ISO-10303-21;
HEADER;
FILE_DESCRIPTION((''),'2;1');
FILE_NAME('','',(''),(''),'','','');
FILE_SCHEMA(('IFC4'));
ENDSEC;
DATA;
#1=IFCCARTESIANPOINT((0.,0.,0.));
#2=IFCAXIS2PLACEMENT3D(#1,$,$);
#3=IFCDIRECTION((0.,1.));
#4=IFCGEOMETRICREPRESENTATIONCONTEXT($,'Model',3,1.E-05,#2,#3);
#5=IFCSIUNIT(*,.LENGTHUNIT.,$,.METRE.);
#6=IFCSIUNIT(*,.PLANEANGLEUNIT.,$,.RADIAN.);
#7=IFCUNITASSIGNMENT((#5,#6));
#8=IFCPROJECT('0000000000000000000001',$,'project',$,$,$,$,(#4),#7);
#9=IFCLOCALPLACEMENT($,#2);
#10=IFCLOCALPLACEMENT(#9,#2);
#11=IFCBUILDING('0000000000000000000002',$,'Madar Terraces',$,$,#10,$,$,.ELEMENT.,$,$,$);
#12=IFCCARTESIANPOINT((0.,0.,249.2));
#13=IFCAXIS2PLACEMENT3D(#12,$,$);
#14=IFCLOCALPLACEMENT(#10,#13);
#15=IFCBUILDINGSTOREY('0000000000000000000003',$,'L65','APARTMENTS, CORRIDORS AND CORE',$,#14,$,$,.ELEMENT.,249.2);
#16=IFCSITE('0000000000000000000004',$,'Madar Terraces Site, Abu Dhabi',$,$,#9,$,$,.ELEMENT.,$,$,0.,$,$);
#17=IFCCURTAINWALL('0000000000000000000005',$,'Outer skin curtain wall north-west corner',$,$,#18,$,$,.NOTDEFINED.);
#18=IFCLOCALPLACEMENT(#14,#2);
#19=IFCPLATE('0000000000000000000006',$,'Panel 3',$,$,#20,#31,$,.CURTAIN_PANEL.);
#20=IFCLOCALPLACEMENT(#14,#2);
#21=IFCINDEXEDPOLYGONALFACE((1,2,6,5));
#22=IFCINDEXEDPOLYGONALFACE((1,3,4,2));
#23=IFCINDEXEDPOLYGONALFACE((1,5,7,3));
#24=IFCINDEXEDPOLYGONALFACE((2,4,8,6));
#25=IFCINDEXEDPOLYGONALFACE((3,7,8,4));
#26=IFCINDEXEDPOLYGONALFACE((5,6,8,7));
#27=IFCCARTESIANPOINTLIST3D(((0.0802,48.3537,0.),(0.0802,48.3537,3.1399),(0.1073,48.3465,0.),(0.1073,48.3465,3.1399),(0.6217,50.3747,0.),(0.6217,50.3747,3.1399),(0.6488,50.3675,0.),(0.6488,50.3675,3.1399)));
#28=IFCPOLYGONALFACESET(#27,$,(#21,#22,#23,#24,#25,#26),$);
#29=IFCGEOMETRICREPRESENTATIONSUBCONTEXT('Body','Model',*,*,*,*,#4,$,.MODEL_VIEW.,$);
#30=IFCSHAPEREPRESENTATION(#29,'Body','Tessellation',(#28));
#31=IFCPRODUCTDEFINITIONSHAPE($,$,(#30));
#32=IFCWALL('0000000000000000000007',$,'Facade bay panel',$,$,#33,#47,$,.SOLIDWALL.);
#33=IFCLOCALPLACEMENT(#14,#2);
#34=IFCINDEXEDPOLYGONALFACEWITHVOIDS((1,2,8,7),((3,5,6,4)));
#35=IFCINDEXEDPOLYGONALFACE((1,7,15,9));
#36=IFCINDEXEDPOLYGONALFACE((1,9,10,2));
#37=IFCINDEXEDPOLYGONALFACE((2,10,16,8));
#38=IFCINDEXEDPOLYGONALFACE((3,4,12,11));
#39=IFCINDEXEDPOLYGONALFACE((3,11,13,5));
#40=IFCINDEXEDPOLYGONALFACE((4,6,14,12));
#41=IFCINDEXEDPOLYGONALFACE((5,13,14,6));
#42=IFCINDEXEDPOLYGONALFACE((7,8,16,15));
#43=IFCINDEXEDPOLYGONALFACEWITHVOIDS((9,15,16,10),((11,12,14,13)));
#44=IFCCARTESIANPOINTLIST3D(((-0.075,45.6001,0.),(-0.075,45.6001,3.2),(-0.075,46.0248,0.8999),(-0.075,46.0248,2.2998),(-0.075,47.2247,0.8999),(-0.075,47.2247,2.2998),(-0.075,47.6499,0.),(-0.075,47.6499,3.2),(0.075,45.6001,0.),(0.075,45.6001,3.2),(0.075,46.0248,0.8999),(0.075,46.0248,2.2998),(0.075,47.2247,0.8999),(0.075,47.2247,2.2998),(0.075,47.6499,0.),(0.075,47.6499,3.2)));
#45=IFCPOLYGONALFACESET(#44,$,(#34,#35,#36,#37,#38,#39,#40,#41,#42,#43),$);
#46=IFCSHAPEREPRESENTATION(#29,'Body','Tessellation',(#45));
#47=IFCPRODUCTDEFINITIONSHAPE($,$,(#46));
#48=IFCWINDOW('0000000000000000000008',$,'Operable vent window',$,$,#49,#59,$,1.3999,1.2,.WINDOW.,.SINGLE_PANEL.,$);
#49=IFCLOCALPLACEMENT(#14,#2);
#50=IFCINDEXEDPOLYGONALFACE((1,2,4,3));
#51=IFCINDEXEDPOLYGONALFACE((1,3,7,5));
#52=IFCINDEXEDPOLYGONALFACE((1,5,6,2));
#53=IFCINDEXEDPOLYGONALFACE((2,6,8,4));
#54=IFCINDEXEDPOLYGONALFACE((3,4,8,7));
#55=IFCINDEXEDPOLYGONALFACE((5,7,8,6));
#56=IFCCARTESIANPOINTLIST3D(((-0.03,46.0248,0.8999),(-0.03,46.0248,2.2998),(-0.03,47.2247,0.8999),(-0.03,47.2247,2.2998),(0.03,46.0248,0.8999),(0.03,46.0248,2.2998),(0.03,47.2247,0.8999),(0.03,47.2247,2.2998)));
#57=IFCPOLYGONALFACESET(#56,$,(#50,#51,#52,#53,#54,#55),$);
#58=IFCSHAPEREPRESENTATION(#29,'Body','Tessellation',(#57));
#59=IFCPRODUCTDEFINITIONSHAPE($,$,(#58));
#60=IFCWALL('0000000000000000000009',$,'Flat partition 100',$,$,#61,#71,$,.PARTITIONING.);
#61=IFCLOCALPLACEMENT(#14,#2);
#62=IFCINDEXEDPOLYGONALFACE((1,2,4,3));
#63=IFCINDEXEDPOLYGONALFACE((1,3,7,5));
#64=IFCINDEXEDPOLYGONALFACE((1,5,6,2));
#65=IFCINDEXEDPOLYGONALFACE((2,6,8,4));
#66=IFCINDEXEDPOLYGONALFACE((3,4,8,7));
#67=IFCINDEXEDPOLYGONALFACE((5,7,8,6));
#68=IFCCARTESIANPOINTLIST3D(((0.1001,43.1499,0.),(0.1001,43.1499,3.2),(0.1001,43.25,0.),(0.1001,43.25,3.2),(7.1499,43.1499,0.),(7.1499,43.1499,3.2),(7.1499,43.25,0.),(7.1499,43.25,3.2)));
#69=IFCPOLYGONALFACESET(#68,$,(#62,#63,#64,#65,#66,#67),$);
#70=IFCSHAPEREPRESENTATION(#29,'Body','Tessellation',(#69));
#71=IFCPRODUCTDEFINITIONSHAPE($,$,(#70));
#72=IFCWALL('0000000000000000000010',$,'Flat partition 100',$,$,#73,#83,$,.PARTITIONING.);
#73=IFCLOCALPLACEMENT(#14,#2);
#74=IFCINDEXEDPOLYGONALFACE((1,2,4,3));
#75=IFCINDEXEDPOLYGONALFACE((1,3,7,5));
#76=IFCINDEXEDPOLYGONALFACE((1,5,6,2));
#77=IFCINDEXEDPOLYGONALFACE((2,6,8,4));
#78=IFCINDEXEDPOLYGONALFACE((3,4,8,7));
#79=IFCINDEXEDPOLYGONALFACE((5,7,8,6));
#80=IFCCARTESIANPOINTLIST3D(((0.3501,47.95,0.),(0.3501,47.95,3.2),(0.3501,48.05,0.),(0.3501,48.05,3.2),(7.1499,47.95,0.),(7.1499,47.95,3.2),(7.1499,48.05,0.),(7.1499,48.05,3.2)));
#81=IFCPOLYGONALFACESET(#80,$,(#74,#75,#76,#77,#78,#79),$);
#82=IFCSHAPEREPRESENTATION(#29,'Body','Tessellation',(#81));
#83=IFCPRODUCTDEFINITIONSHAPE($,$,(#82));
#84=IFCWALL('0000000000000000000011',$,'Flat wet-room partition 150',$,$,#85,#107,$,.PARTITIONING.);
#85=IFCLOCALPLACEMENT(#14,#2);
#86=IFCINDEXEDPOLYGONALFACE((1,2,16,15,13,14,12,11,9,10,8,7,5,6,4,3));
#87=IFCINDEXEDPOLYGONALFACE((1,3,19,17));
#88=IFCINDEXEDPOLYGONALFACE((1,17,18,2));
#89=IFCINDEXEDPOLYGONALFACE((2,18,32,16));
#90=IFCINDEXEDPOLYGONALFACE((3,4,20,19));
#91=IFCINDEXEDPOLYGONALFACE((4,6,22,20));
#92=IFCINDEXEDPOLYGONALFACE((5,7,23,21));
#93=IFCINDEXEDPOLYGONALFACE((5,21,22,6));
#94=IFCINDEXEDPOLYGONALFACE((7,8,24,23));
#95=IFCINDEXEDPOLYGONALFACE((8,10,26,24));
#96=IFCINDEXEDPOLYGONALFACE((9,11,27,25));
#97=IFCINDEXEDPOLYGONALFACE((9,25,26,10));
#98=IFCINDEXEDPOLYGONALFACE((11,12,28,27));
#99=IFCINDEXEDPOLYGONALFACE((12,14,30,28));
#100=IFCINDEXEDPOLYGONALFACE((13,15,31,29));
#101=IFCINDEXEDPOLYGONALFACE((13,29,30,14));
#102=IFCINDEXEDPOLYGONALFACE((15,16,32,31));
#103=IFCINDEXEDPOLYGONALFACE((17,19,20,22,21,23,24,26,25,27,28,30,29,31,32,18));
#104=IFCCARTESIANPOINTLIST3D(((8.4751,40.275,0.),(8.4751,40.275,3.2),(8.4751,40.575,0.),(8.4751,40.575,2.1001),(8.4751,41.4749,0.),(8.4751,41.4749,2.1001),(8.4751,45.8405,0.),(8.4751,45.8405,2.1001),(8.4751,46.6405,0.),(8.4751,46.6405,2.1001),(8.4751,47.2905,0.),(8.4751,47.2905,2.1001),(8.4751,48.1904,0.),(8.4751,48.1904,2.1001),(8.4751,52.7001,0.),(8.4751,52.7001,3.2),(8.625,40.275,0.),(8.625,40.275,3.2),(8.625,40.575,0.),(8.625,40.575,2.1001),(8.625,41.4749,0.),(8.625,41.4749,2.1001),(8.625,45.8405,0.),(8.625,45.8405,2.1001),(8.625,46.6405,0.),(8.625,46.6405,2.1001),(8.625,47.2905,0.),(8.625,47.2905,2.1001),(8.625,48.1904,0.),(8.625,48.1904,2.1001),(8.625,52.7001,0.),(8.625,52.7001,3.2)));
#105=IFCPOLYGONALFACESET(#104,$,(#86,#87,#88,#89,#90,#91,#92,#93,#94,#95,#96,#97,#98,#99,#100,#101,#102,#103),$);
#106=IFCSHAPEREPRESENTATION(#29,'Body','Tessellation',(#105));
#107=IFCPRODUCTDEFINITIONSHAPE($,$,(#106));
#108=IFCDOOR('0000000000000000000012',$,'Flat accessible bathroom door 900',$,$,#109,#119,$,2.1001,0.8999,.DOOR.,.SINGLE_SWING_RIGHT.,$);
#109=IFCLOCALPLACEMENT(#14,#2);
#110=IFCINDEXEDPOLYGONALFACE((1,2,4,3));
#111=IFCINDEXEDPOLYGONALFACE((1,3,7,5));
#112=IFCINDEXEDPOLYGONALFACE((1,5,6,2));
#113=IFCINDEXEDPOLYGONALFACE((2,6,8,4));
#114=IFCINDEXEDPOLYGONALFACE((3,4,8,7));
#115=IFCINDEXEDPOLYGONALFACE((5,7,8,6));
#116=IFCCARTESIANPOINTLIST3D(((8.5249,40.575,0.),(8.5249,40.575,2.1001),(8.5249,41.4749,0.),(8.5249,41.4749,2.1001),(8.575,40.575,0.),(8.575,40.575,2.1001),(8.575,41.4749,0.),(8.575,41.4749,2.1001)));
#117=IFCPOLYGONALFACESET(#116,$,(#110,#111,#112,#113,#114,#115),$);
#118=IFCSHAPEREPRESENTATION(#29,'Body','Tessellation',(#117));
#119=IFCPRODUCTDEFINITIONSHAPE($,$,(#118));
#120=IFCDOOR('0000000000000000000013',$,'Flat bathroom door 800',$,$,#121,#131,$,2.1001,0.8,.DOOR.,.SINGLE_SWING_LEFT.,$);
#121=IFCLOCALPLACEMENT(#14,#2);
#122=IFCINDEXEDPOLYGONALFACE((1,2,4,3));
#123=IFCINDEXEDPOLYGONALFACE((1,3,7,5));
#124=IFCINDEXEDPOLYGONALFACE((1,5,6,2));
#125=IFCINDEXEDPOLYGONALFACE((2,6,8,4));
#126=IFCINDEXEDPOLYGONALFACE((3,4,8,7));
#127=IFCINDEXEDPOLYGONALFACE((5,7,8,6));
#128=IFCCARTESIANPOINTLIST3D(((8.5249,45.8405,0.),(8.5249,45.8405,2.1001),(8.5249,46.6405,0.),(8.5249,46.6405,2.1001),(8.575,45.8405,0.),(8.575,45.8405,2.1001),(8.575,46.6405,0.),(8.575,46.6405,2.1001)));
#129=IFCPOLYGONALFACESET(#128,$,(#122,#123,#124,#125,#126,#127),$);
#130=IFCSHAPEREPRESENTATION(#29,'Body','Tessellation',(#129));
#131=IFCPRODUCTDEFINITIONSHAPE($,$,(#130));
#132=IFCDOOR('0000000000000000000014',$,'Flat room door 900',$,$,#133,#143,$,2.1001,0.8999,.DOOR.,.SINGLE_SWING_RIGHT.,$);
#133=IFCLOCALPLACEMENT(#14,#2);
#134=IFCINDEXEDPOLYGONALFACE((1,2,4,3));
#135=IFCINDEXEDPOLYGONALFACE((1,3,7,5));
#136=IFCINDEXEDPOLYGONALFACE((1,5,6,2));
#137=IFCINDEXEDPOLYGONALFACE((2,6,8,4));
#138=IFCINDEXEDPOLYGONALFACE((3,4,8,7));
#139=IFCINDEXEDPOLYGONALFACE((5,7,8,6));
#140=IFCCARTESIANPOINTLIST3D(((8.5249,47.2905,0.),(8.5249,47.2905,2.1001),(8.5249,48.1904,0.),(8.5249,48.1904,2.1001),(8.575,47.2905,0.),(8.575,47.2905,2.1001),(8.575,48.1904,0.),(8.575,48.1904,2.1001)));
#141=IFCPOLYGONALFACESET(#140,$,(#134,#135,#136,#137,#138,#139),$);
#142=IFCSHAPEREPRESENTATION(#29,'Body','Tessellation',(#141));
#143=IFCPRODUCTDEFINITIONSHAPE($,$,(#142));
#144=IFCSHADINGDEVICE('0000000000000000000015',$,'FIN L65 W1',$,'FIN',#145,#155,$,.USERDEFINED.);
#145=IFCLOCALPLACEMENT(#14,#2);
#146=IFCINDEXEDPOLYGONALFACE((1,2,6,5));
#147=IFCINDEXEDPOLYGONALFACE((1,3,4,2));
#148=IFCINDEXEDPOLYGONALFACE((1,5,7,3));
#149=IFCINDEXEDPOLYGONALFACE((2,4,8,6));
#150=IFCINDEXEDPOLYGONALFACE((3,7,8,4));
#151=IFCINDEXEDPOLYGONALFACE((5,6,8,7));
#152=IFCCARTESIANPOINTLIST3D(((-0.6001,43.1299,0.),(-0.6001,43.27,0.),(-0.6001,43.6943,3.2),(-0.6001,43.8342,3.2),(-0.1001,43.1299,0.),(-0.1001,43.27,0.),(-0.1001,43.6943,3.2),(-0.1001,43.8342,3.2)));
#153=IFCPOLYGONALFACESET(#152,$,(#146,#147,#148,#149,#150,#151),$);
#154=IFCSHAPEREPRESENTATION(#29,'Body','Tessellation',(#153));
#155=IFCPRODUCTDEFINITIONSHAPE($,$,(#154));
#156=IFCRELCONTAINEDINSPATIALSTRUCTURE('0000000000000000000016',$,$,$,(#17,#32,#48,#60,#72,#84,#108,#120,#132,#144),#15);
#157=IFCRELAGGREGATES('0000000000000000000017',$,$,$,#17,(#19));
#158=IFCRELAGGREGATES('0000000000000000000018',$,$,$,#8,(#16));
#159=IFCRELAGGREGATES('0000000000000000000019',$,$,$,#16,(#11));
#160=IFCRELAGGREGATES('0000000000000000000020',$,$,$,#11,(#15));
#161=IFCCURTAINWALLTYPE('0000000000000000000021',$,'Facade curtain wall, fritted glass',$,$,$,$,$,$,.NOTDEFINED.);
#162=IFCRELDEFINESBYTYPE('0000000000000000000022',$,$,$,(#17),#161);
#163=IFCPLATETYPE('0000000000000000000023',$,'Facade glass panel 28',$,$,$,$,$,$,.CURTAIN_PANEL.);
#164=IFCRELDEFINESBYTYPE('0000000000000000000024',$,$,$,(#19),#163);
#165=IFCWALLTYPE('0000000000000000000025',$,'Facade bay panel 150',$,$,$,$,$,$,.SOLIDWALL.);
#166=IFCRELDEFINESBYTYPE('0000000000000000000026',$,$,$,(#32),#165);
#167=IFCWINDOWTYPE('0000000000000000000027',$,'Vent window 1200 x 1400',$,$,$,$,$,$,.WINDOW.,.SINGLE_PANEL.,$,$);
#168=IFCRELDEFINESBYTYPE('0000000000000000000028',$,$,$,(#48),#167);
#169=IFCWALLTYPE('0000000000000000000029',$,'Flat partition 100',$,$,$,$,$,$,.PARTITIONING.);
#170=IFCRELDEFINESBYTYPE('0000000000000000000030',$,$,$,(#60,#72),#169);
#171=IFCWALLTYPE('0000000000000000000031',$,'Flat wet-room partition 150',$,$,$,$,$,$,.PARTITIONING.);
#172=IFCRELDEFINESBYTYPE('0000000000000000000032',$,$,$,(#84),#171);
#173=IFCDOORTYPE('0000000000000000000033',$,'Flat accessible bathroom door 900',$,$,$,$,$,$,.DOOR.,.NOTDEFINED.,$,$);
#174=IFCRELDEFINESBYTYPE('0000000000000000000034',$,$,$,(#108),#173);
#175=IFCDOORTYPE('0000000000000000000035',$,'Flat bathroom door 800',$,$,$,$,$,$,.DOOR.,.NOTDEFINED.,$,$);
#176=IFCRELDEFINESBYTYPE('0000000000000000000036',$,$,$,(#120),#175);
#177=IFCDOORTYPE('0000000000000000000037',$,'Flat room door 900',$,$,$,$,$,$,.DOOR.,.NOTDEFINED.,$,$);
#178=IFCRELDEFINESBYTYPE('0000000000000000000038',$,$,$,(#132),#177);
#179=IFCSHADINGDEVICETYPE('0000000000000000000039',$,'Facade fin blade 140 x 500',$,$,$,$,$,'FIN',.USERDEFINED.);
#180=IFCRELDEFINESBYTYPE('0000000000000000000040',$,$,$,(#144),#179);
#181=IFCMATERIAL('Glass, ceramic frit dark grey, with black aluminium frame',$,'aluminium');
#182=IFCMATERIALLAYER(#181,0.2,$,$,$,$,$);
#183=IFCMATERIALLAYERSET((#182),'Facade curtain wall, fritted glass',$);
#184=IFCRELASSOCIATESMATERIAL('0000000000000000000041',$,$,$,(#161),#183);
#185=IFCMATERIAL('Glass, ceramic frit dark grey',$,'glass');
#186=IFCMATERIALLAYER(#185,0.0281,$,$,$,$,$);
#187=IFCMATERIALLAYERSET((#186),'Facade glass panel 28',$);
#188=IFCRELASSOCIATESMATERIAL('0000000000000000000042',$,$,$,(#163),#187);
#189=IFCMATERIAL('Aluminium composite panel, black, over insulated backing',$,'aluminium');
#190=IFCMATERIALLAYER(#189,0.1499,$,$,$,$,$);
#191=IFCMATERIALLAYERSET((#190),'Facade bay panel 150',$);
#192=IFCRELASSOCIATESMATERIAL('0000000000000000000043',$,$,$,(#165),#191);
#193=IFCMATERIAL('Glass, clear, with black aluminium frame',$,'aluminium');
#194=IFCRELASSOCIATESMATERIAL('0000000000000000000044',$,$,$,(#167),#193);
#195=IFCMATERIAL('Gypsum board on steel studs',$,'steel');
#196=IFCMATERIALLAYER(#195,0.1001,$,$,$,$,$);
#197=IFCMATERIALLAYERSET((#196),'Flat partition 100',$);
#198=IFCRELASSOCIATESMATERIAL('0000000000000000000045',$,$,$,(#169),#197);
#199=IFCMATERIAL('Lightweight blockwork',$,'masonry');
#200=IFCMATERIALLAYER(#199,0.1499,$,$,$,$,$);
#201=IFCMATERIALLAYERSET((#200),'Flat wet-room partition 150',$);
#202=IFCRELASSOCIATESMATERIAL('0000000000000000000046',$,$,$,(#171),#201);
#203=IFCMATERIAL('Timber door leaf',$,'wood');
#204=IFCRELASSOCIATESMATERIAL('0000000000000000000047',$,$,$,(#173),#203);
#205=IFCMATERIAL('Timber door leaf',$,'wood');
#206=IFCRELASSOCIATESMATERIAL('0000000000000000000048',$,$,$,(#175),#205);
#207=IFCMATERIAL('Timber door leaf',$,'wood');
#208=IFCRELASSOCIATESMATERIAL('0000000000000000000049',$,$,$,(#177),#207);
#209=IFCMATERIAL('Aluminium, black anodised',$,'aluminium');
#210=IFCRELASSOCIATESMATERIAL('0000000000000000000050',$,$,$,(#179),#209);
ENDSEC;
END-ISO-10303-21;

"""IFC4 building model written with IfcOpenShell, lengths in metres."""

from ifc_helpers import new_model, si_unit, direction, frame, frame_2d, origin, origin_2d, place, context, subcontext, project, spatial, polyline, rectangle, outline, extrude, material, layer, layer_set, type_object, element, fill, aggregate, save


model = new_model("IFC4")

# Units and contexts
model_context = context("Model", 3, precision=1e-05, world=origin(), true_north=direction((0.0, 1.0)))
body_context = subcontext(model_context, "Body", "Model", "MODEL_VIEW")
ifc_project = project(units=[si_unit("LENGTHUNIT", "METRE"), si_unit("PLANEANGLEUNIT", "RADIAN")], contexts=[model_context])

# Site, building, storey
site_placement = place(None, origin())
site = spatial("IfcSite", under=ifc_project, at=site_placement, Name="Madar Terraces Site, Abu Dhabi", CompositionType="ELEMENT", RefElevation=0.0)
building_placement = place(site_placement, origin())
building = spatial("IfcBuilding", under=site, at=building_placement, Name="Madar Terraces", CompositionType="ELEMENT")
storey_placement = place(building_placement, frame((0.0, 0.0, 249.2)))
storey = spatial("IfcBuildingStorey", under=building, at=storey_placement, Name="L65", Description="APARTMENTS, CORRIDORS AND CORE", CompositionType="ELEMENT", Elevation=249.2)

# Shared definitions
ifc_material_1 = material(Name="Glass, ceramic frit dark grey, with black aluminium frame", Category="aluminium")
ifc_layer_1 = layer(ifc_material_1, 0.2)
ifc_layer_set_1 = layer_set([ifc_layer_1], Name="Facade curtain wall, fritted glass")
curtain_wall_type = type_object("IfcCurtainWallType", Name="Facade curtain wall, fritted glass", PredefinedType="NOTDEFINED", material=ifc_layer_set_1)

# Curtain wall
curtain_wall_1_placement = place(storey_placement, origin())
curtain_wall_1 = element("IfcCurtainWall", 1, at=curtain_wall_1_placement, inside=storey, type_object=curtain_wall_type, Name="Outer skin curtain wall north-west corner", PredefinedType="NOTDEFINED")

# Plate
ifc_material_2 = material(Name="Glass, ceramic frit dark grey", Category="glass")
ifc_layer_2 = layer(ifc_material_2, 0.0281)
ifc_layer_set_2 = layer_set([ifc_layer_2], Name="Facade glass panel 28")
plate_type = type_object("IfcPlateType", Name="Facade glass panel 28", PredefinedType="CURTAIN_PANEL", material=ifc_layer_set_2)
plate_1_placement = place(storey_placement, frame((0.3645, 49.3606, 0.0), z_axis=(0.0, 0.0, 1.0), x_axis=(-0.258819, -0.965926, 0.0)))
plate_1 = element("IfcPlate", 2, at=plate_1_placement, type_object=plate_type, Name="Panel 3", PredefinedType="CURTAIN_PANEL", context=body_context, shape_type="SweptSolid", body=[
    extrude(rectangle(XDim=2.0923, YDim=0.0281, at=origin_2d()), origin(), (0.0, 0.0, 1.0), 3.1399),
])
aggregate(curtain_wall_1, [plate_1])

# Wall, opening, window
ifc_material_3 = material(Name="Aluminium composite panel, black, over insulated backing", Category="aluminium")
ifc_layer_3 = layer(ifc_material_3, 0.1499)
ifc_layer_set_3 = layer_set([ifc_layer_3], Name="Facade bay panel 150")
wall_type_1 = type_object("IfcWallType", Name="Facade bay panel 150", PredefinedType="SOLIDWALL", material=ifc_layer_set_3)
wall_1_placement = place(storey_placement, frame((0.0, 47.6499, 0.0), z_axis=(0.0, 0.0, 1.0), x_axis=(0.0, -1.0, 0.0)))
wall_1 = element("IfcWall", 3, at=wall_1_placement, inside=storey, type_object=wall_type_1, Name="Facade bay panel", PredefinedType="SOLIDWALL", context=body_context, shape_type="SweptSolid", body=[
    extrude(rectangle(XDim=2.0498, YDim=0.1499, at=frame_2d((1.0249, 0.0))), origin(), (0.0, 0.0, 1.0), 3.2),
])
opening_1_placement = place(wall_1_placement, frame((0.425, 0.0, 0.8999)))
opening_1 = element("IfcOpeningElement", 4, at=opening_1_placement, cuts=wall_1, PredefinedType="OPENING", context=body_context, shape_type="SweptSolid", body=[
    extrude(rectangle(XDim=1.2, YDim=1.3999, at=frame_2d((0.6001, 0.7))), frame((0.0, 0.085, 0.0), z_axis=(0.0, -1.0, 0.0), x_axis=(1.0, 0.0, 0.0)), (0.0, 0.0, 1.0), 0.1699),
])
ifc_material_4 = material(Name="Glass, clear, with black aluminium frame", Category="aluminium")
window_type = type_object("IfcWindowType", Name="Vent window 1200 x 1400", PartitioningType="SINGLE_PANEL", PredefinedType="WINDOW", material=ifc_material_4)
window_placement = place(opening_1_placement, origin())
window = element("IfcWindow", 5, at=window_placement, inside=storey, type_object=window_type, Name="Operable vent window", OverallHeight=1.3999, OverallWidth=1.2, PartitioningType="SINGLE_PANEL", PredefinedType="WINDOW", context=body_context, shape_type="SweptSolid", body=[
    extrude(rectangle(XDim=1.2, YDim=1.3999, at=frame_2d((0.6001, 0.7))), frame((0.0, 0.03, 0.0), z_axis=(0.0, -1.0, 0.0), x_axis=(1.0, 0.0, 0.0)), (0.0, 0.0, 1.0), 0.0601),
])
fill(opening_1, window)

# Walls
ifc_material_5 = material(Name="Gypsum board on steel studs", Category="steel")
ifc_layer_4 = layer(ifc_material_5, 0.1001)
ifc_layer_set_4 = layer_set([ifc_layer_4], Name="Flat partition 100")
wall_type_2 = type_object("IfcWallType", Name="Flat partition 100", PredefinedType="PARTITIONING", material=ifc_layer_set_4)
wall_2_placement = place(storey_placement, frame((7.1499, 43.2, 0.0), z_axis=(0.0, 0.0, 1.0), x_axis=(-1.0, 0.0, 0.0)))
element("IfcWall", 6, at=wall_2_placement, inside=storey, type_object=wall_type_2, Name="Flat partition 100", PredefinedType="PARTITIONING", context=body_context, shape_type="SweptSolid", body=[
    extrude(rectangle(XDim=7.0498, YDim=0.1001, at=frame_2d((3.5249, 0.0))), origin(), (0.0, 0.0, 1.0), 3.2),
])
wall_3_placement = place(storey_placement, frame((7.1499, 48.0, 0.0), z_axis=(0.0, 0.0, 1.0), x_axis=(-1.0, 0.0, 0.0)))
element("IfcWall", 7, at=wall_3_placement, inside=storey, type_object=wall_type_2, Name="Flat partition 100", PredefinedType="PARTITIONING", context=body_context, shape_type="SweptSolid", body=[
    extrude(rectangle(XDim=6.7998, YDim=0.1001, at=frame_2d((3.3999, 0.0))), origin(), (0.0, 0.0, 1.0), 3.2),
])

# Wall, openings, doors
ifc_material_6 = material(Name="Lightweight blockwork", Category="masonry")
ifc_layer_5 = layer(ifc_material_6, 0.1499)
ifc_layer_set_5 = layer_set([ifc_layer_5], Name="Flat wet-room partition 150")
wall_type_3 = type_object("IfcWallType", Name="Flat wet-room partition 150", PredefinedType="PARTITIONING", material=ifc_layer_set_5)
wall_4_placement = place(storey_placement, frame((8.55, 52.7, 0.0), z_axis=(0.0, 0.0, 1.0), x_axis=(0.0, -1.0, 0.0)))
wall_4 = element("IfcWall", 8, at=wall_4_placement, inside=storey, type_object=wall_type_3, Name="Flat wet-room partition 150", PredefinedType="PARTITIONING", context=body_context, shape_type="SweptSolid", body=[
    extrude(rectangle(XDim=12.425, YDim=0.1499, at=frame_2d((6.2124, 0.0))), origin(), (0.0, 0.0, 1.0), 3.2),
])
opening_2_placement = place(wall_4_placement, frame((11.2251, 0.0, 0.0)))
opening_2 = element("IfcOpeningElement", 9, at=opening_2_placement, cuts=wall_4, PredefinedType="OPENING", context=body_context, shape_type="SweptSolid", body=[
    extrude(rectangle(XDim=0.8999, YDim=2.1001, at=frame_2d((0.45, 1.05))), frame((0.0, 0.085, 0.0), z_axis=(0.0, -1.0, 0.0), x_axis=(1.0, 0.0, 0.0)), (0.0, 0.0, 1.0), 0.1699),
])
opening_3_placement = place(wall_4_placement, frame((6.0596, 0.0, 0.0)))
opening_3 = element("IfcOpeningElement", 10, at=opening_3_placement, cuts=wall_4, PredefinedType="OPENING", context=body_context, shape_type="SweptSolid", body=[
    extrude(rectangle(XDim=0.8, YDim=2.1001, at=frame_2d((0.3999, 1.05))), frame((0.0, 0.085, 0.0), z_axis=(0.0, -1.0, 0.0), x_axis=(1.0, 0.0, 0.0)), (0.0, 0.0, 1.0), 0.1699),
])
opening_4_placement = place(wall_4_placement, frame((4.5095, 0.0, 0.0)))
opening_4 = element("IfcOpeningElement", 11, at=opening_4_placement, cuts=wall_4, PredefinedType="OPENING", context=body_context, shape_type="SweptSolid", body=[
    extrude(rectangle(XDim=0.8999, YDim=2.1001, at=frame_2d((0.45, 1.05))), frame((0.0, 0.085, 0.0), z_axis=(0.0, -1.0, 0.0), x_axis=(1.0, 0.0, 0.0)), (0.0, 0.0, 1.0), 0.1699),
])
ifc_material_7 = material(Name="Timber door leaf", Category="wood")
door_type_1 = type_object("IfcDoorType", Name="Flat accessible bathroom door 900", OperationType="NOTDEFINED", PredefinedType="DOOR", material=ifc_material_7)
door_1_placement = place(opening_2_placement, origin())
door_1 = element("IfcDoor", 12, at=door_1_placement, inside=storey, type_object=door_type_1, Name="Flat accessible bathroom door 900", OperationType="SINGLE_SWING_RIGHT", OverallHeight=2.1001, OverallWidth=0.8999, PredefinedType="DOOR", context=body_context, shape_type="SweptSolid", body=[
    extrude(rectangle(XDim=0.8999, YDim=2.1001, at=frame_2d((0.45, 1.05))), frame((0.0, 0.0249, 0.0), z_axis=(0.0, -1.0, 0.0), x_axis=(1.0, 0.0, 0.0)), (0.0, 0.0, 1.0), 0.05),
])
fill(opening_2, door_1)
ifc_material_8 = material(Name="Timber door leaf", Category="wood")
door_type_2 = type_object("IfcDoorType", Name="Flat bathroom door 800", OperationType="NOTDEFINED", PredefinedType="DOOR", material=ifc_material_8)
door_2_placement = place(opening_3_placement, origin())
door_2 = element("IfcDoor", 13, at=door_2_placement, inside=storey, type_object=door_type_2, Name="Flat bathroom door 800", OperationType="SINGLE_SWING_LEFT", OverallHeight=2.1001, OverallWidth=0.8, PredefinedType="DOOR", context=body_context, shape_type="SweptSolid", body=[
    extrude(rectangle(XDim=0.8, YDim=2.1001, at=frame_2d((0.3999, 1.05))), frame((0.0, 0.0249, 0.0), z_axis=(0.0, -1.0, 0.0), x_axis=(1.0, 0.0, 0.0)), (0.0, 0.0, 1.0), 0.05),
])
fill(opening_3, door_2)
ifc_material_9 = material(Name="Timber door leaf", Category="wood")
door_type_3 = type_object("IfcDoorType", Name="Flat room door 900", OperationType="NOTDEFINED", PredefinedType="DOOR", material=ifc_material_9)
door_3_placement = place(opening_4_placement, origin())
door_3 = element("IfcDoor", 14, at=door_3_placement, inside=storey, type_object=door_type_3, Name="Flat room door 900", OperationType="SINGLE_SWING_RIGHT", OverallHeight=2.1001, OverallWidth=0.8999, PredefinedType="DOOR", context=body_context, shape_type="SweptSolid", body=[
    extrude(rectangle(XDim=0.8999, YDim=2.1001, at=frame_2d((0.45, 1.05))), frame((0.0, 0.0249, 0.0), z_axis=(0.0, -1.0, 0.0), x_axis=(1.0, 0.0, 0.0)), (0.0, 0.0, 1.0), 0.05),
])
fill(opening_4, door_3)

# Shading device
ifc_material_10 = material(Name="Aluminium, black anodised", Category="aluminium")
shading_device_type = type_object("IfcShadingDeviceType", Name="Facade fin blade 140 x 500", ElementType="FIN", PredefinedType="USERDEFINED", material=ifc_material_10)
shading_device_placement = place(storey_placement, frame((-0.3501, 43.27, 0.0), z_axis=(0.0, 0.0, 1.0), x_axis=(0.0, -1.0, 0.0)))
element("IfcShadingDevice", 15, at=shading_device_placement, inside=storey, type_object=shading_device_type, Name="FIN L65 W1", ObjectType="FIN", PredefinedType="USERDEFINED", context=body_context, shape_type="SweptSolid", body=[
    extrude(outline(polyline([(0.0, 0.0), (0.1401, 0.0), (-0.4243, 3.2), (-0.5642, 3.2), (0.0, 0.0)])), frame((0.0, 0.25, 0.0), z_axis=(0.0, -1.0, 0.0), x_axis=(1.0, 0.0, 0.0)), (0.0, 0.0, 1.0), 0.5),
])

save(model, "model.ifc")
